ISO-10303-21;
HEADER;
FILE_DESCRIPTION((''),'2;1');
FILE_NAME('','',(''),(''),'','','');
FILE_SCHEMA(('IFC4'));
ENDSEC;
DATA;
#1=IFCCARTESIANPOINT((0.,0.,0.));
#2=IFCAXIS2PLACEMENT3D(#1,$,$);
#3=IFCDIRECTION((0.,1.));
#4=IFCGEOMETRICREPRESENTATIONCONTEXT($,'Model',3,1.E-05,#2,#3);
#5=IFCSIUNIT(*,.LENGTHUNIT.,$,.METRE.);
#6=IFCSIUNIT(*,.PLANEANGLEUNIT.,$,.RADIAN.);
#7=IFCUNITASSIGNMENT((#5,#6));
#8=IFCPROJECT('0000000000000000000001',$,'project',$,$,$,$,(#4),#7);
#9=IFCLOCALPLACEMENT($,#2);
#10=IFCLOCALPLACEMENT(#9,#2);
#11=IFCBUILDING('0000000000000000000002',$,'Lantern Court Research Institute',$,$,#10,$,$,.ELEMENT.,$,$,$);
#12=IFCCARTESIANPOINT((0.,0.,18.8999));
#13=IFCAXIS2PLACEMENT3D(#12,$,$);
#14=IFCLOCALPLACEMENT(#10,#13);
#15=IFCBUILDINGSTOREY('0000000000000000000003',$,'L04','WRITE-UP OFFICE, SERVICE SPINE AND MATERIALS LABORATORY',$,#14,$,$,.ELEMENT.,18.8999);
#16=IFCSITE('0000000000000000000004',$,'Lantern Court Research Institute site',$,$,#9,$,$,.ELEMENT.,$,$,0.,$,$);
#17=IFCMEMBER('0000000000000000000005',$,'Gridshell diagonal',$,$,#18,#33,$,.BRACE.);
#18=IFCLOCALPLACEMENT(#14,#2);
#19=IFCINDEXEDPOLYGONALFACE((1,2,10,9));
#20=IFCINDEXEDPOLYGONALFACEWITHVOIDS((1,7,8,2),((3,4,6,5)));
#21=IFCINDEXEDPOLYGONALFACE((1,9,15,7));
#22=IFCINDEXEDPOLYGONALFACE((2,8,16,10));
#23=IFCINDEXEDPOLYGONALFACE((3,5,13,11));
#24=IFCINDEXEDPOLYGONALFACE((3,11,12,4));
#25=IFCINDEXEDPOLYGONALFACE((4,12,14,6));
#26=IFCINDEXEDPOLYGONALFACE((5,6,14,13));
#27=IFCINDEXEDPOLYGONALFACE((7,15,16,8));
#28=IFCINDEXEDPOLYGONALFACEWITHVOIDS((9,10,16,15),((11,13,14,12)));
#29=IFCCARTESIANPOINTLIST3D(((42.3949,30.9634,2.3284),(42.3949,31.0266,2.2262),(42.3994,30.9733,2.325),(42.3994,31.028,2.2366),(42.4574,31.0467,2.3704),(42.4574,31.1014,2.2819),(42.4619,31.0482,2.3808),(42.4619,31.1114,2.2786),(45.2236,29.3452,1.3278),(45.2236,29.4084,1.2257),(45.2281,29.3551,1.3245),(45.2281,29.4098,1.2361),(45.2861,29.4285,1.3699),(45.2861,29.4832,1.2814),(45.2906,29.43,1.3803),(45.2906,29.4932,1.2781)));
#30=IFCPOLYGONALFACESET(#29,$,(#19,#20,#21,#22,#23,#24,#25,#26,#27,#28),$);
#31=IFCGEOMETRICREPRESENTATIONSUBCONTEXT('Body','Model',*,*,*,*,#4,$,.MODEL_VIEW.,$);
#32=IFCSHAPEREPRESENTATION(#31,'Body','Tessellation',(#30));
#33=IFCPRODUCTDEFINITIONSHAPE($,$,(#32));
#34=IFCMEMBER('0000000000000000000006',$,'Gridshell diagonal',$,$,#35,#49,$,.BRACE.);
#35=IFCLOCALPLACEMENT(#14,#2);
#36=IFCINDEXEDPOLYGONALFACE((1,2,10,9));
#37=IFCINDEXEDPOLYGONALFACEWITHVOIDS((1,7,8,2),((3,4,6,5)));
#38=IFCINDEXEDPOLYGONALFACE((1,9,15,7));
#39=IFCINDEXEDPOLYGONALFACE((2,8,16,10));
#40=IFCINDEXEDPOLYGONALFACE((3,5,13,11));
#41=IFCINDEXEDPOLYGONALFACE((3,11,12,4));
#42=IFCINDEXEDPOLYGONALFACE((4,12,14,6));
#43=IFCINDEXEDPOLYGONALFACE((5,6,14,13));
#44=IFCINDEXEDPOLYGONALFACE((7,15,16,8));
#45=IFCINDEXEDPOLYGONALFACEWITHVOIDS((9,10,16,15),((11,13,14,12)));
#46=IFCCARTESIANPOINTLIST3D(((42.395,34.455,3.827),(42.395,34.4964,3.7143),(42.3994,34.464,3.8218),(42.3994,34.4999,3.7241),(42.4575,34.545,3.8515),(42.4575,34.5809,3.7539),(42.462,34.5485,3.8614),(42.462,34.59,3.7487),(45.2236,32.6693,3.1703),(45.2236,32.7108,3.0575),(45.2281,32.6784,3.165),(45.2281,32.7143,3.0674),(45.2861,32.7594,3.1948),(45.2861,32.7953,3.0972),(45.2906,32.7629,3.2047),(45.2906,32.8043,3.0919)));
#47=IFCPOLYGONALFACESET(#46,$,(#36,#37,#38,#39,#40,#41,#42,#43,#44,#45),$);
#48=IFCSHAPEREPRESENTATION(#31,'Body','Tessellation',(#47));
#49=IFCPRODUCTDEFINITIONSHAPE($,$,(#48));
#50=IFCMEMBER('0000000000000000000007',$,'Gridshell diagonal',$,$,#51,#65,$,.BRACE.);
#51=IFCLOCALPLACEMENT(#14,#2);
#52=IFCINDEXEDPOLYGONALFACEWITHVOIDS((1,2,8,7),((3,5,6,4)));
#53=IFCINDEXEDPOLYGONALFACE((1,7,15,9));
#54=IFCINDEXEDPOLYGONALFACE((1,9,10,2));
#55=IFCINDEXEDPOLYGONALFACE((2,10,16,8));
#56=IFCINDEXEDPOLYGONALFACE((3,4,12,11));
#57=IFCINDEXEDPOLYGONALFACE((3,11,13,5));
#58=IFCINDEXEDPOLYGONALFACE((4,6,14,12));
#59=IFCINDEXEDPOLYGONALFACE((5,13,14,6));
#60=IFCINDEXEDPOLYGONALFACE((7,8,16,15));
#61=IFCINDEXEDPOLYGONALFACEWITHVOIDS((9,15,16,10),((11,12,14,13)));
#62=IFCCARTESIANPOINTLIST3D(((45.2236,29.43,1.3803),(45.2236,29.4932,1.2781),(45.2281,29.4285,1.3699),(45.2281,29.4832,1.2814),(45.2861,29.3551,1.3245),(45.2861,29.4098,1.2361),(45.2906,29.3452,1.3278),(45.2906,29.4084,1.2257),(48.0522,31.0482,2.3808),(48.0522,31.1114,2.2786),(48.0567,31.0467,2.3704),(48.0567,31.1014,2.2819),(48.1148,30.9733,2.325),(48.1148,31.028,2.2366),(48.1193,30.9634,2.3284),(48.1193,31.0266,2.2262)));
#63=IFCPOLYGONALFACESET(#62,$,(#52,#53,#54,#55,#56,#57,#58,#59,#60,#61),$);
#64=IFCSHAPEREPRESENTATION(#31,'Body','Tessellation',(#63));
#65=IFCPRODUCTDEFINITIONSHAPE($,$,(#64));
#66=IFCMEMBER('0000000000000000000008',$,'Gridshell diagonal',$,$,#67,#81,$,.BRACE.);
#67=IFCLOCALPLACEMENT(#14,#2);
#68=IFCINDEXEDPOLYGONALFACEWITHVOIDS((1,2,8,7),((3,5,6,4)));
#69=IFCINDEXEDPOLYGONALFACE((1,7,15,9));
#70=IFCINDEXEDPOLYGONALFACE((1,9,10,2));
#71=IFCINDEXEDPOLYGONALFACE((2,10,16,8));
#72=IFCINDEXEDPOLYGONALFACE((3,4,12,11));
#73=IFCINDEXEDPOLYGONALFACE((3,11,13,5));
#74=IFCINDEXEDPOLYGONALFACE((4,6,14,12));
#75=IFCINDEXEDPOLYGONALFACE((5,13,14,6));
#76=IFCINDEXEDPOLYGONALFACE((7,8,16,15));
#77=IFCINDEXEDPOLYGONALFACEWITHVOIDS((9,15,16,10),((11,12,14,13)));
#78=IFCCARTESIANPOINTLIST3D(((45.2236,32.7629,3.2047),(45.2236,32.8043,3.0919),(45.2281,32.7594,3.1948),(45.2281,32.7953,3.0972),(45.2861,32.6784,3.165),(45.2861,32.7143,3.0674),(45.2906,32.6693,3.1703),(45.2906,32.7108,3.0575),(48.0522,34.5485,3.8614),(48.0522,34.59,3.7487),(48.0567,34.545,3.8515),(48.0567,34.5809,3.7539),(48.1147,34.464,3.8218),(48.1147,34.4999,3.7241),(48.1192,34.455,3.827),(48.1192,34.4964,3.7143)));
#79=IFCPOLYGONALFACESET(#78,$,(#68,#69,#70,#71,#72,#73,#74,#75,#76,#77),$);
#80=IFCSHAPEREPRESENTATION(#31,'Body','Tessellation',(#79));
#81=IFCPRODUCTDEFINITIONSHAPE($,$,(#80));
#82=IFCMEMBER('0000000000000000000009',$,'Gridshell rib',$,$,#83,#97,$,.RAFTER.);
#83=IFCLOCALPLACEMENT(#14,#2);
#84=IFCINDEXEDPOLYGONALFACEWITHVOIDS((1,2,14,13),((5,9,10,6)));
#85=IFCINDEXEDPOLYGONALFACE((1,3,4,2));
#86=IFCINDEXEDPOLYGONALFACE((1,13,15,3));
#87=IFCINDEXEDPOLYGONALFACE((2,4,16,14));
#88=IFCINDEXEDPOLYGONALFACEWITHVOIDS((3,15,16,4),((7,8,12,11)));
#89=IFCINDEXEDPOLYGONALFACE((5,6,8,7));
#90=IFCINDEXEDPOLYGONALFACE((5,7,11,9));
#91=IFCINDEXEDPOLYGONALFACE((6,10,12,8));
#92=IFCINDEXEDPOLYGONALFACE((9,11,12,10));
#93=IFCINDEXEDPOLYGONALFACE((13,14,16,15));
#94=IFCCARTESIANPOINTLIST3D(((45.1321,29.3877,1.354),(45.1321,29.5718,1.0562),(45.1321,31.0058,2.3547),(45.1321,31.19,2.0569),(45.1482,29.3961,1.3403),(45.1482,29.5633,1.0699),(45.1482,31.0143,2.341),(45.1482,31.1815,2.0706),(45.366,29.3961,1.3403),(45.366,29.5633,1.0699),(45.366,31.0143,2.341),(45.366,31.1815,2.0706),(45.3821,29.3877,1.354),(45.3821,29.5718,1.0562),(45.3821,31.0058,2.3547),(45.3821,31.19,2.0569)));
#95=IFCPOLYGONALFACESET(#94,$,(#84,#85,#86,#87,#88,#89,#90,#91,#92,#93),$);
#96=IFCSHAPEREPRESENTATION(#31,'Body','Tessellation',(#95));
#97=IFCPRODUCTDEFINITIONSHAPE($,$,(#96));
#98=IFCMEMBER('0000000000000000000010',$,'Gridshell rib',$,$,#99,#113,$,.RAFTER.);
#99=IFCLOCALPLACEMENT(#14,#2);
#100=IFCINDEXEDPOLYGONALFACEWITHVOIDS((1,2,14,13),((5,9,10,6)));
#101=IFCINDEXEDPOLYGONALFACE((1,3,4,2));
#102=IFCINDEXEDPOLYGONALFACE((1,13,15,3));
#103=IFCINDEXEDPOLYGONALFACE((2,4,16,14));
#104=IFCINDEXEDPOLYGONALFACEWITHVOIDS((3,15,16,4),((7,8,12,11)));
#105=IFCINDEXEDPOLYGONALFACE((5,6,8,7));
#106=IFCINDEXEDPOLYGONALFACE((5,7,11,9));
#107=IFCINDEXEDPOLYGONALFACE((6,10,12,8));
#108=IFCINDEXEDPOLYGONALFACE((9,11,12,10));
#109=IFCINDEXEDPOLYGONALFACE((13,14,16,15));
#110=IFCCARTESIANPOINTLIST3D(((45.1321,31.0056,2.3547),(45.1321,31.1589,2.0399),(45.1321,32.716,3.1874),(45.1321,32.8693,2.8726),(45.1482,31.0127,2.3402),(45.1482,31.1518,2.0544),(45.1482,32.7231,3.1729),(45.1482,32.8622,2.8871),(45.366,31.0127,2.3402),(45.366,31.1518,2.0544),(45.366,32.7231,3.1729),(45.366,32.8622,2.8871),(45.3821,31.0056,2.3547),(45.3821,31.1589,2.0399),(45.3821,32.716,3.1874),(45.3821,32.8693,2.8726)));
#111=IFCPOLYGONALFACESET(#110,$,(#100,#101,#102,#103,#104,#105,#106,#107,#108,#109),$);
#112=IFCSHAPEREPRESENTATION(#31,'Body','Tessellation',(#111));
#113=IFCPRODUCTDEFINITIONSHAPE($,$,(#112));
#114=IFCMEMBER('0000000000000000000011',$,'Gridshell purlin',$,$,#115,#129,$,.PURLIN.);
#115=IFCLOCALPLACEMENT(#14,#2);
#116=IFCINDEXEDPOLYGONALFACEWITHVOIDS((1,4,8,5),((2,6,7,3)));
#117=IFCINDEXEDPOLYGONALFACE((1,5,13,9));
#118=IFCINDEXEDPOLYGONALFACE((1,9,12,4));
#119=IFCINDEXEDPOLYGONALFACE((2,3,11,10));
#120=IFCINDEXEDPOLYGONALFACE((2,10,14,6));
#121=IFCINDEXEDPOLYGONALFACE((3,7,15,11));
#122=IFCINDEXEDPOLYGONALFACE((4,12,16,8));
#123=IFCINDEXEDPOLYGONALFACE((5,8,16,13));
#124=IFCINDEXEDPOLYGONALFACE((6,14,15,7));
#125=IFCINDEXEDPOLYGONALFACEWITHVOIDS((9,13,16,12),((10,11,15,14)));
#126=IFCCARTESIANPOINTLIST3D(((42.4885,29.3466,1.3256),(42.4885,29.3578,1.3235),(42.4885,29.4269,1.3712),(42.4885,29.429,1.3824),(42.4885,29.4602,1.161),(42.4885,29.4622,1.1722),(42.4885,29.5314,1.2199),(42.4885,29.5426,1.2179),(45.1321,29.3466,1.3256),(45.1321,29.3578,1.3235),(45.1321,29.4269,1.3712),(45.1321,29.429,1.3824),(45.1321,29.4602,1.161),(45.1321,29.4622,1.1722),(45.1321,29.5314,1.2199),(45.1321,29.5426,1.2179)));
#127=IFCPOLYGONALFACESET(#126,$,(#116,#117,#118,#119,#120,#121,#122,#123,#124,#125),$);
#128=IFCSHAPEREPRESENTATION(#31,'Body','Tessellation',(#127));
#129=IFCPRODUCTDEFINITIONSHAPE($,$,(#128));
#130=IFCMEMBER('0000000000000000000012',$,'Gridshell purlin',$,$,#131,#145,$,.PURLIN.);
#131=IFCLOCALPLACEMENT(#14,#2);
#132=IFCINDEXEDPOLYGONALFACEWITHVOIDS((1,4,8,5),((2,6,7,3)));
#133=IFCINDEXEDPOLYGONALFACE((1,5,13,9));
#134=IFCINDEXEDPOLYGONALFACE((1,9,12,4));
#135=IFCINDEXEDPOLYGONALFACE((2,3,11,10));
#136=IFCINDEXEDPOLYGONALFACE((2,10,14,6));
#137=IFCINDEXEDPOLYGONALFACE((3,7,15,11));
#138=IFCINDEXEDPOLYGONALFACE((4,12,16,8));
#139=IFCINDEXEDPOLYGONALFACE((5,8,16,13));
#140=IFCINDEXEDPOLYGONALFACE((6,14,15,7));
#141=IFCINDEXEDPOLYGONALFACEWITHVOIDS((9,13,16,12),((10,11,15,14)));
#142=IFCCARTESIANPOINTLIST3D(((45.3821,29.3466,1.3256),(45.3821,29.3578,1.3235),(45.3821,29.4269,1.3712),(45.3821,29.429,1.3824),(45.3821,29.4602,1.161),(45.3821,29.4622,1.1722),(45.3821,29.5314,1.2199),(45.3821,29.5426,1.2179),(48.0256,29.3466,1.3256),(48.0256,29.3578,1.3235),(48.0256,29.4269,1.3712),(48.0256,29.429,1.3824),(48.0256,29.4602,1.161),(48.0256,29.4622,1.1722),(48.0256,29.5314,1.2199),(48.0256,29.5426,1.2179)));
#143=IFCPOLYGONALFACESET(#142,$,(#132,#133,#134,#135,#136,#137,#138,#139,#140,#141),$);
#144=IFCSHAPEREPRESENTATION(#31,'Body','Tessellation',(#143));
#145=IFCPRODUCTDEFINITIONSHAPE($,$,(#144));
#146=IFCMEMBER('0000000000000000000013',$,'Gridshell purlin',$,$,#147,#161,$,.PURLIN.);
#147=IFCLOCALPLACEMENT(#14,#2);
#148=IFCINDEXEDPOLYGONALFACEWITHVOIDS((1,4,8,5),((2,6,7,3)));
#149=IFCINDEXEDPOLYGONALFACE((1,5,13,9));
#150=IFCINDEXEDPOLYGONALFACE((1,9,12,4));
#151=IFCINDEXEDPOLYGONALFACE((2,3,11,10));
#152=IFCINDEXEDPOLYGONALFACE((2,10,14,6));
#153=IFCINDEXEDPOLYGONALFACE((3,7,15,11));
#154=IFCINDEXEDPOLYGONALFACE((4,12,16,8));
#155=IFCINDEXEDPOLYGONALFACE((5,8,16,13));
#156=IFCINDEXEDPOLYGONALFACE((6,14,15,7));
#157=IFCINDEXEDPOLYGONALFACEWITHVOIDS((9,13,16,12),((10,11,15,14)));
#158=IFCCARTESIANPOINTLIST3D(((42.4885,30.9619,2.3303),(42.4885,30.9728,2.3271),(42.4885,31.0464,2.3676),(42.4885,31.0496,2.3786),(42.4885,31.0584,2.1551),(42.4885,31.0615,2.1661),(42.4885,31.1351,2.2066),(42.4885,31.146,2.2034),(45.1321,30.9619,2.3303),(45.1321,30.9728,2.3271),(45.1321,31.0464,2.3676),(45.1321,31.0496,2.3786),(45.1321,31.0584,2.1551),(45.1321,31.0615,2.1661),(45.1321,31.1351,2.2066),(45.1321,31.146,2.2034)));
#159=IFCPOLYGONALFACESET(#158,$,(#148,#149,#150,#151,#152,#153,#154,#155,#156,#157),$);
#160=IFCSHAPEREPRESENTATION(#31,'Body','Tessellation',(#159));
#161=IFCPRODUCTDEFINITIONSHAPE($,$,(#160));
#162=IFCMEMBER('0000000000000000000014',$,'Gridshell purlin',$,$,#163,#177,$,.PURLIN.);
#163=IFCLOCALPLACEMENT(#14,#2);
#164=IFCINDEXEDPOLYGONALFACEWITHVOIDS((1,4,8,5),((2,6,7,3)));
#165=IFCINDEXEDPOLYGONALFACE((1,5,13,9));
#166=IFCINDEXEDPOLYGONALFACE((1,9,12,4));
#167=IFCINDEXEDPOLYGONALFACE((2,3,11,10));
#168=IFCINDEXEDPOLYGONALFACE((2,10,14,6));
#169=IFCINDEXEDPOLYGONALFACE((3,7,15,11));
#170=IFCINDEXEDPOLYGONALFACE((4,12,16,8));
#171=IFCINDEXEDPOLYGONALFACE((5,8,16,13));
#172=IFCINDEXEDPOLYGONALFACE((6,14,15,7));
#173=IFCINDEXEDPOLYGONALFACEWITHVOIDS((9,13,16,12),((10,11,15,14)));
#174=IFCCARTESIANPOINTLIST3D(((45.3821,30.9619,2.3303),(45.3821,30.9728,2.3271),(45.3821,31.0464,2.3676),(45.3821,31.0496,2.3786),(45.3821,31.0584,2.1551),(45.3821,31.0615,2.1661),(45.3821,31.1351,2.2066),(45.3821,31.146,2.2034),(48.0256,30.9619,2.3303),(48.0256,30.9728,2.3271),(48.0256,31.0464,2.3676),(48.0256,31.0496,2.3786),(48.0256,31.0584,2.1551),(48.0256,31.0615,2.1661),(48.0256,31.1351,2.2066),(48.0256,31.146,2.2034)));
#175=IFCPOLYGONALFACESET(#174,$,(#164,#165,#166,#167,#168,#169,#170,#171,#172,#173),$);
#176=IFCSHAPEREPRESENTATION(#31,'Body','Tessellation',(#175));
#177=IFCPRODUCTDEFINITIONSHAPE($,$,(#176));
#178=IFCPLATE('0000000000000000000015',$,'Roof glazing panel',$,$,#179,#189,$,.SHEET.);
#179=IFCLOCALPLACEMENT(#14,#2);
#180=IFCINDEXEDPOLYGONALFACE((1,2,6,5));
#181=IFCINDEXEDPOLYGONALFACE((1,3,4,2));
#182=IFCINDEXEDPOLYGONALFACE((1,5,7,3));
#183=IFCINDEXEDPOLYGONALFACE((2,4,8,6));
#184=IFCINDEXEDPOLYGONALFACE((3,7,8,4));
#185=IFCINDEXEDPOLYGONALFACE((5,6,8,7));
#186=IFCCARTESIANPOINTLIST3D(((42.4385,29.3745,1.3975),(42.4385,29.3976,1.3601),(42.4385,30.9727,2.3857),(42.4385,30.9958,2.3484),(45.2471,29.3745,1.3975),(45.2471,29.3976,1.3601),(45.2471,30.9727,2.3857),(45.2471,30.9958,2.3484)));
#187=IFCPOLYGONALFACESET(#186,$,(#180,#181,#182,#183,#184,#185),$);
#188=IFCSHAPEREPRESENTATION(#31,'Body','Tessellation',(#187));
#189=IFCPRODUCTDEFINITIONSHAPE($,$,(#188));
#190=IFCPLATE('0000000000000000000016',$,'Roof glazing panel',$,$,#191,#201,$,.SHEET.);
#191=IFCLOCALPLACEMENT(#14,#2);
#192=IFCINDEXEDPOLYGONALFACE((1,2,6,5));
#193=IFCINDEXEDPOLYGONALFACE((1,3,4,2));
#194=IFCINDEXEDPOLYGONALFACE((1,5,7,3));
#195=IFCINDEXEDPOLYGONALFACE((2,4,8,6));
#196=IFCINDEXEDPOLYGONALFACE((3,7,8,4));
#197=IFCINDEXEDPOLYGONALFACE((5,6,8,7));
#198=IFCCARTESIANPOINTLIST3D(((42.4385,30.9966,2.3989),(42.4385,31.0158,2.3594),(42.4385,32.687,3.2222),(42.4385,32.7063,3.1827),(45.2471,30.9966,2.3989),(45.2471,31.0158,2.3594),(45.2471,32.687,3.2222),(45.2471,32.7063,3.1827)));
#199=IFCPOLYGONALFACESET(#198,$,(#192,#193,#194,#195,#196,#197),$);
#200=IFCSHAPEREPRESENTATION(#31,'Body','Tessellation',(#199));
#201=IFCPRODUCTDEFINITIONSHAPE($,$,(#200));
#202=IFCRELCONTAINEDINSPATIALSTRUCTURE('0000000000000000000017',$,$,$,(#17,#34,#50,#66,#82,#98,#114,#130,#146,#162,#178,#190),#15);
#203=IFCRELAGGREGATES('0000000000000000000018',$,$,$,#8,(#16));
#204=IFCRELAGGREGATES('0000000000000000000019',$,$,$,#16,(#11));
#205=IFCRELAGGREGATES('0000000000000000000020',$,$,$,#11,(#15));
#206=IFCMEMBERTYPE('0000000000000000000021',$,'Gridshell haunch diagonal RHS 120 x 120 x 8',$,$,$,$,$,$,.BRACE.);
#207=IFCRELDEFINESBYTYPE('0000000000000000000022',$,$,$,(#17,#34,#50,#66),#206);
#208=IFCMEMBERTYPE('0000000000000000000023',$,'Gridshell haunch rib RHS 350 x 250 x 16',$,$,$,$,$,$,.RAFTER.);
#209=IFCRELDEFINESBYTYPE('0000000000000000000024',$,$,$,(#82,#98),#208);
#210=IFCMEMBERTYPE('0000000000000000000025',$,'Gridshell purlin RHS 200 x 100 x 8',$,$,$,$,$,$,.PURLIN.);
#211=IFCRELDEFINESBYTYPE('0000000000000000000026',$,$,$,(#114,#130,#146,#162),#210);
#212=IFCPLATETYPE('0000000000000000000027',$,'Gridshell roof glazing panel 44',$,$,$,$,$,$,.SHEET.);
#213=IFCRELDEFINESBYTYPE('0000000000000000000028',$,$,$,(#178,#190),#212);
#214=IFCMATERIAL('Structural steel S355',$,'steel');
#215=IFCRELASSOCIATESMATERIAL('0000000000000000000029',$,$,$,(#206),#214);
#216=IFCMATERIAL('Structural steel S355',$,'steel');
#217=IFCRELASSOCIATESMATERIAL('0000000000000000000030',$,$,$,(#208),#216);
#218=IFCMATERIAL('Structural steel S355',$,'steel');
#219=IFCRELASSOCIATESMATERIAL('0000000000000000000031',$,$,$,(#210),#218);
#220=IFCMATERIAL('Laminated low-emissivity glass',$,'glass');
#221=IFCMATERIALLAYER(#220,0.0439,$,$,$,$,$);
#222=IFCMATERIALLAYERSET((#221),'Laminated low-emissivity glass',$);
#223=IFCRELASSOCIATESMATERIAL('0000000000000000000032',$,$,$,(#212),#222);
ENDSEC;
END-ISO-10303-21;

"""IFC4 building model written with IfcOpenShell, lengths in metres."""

from ifc_helpers import new_model, si_unit, direction, frame, origin, origin_2d, place, context, subcontext, project, spatial, polyline, hollow_rectangle, outline, extrude, material, layer, layer_set, material_profile, profile_set, type_object, element, save


model = new_model("IFC4")

# Units and contexts
model_context = context("Model", 3, precision=1e-05, world=origin(), true_north=direction((0.0, 1.0)))
body_context = subcontext(model_context, "Body", "Model", "MODEL_VIEW")
ifc_project = project(units=[si_unit("LENGTHUNIT", "METRE"), si_unit("PLANEANGLEUNIT", "RADIAN")], contexts=[model_context])

# Site, building, storey
site_placement = place(None, origin())
site = spatial("IfcSite", under=ifc_project, at=site_placement, Name="Lantern Court Research Institute site", CompositionType="ELEMENT", RefElevation=0.0)
building_placement = place(site_placement, origin())
building = spatial("IfcBuilding", under=site, at=building_placement, Name="Lantern Court Research Institute", CompositionType="ELEMENT")
storey_placement = place(building_placement, frame((0.0, 0.0, 18.8999)))
storey = spatial("IfcBuildingStorey", under=building, at=storey_placement, Name="L04", Description="WRITE-UP OFFICE, SERVICE SPINE AND MATERIALS LABORATORY", CompositionType="ELEMENT", Elevation=18.8999)

# Members
ifc_material_1 = material(Name="Structural steel S355", Category="steel")
ifc_material_profile_1 = material_profile(ifc_material_1, hollow_rectangle(XDim=0.1201, YDim=0.1201, WallThickness=0.0081, at=origin_2d()), Name="Gridshell haunch diagonal RHS 120 x 120 x 8")
ifc_profile_set_1 = profile_set([ifc_material_profile_1], Name="Structural steel S355")
member_type_1 = type_object("IfcMemberType", Name="Gridshell haunch diagonal RHS 120 x 120 x 8", PredefinedType="BRACE", material=ifc_profile_set_1)
for number, where, z_axis, x_axis, name in (
    (1, (45.2571, 29.4192, 1.303), (-0.829777, 0.47469, 0.293494), (-0.558095, -0.705724, -0.436444), "Gridshell diagonal"),
    (2, (45.2571, 32.7368, 3.1311), (-0.829763, 0.523812, 0.192652), (-0.558116, -0.778754, -0.28644), "Gridshell diagonal"),
    (3, (45.2571, 29.4192, 1.303), (0.829777, 0.47469, 0.293494), (-0.558095, 0.705724, 0.436444), "Gridshell diagonal"),
    (4, (45.2571, 32.7368, 3.1311), (0.829763, 0.523812, 0.192652), (-0.558116, 0.778754, 0.28644), "Gridshell diagonal"),
):
    element("IfcMember", number, at=place(storey_placement, frame(where, z_axis=z_axis, x_axis=x_axis)), inside=storey, type_object=member_type_1, Name=name, PredefinedType="BRACE", context=body_context, shape_type="SweptSolid", body=[
        extrude(hollow_rectangle(XDim=0.1201, YDim=0.1201, WallThickness=0.0081, at=origin_2d()), origin(), (0.0, 0.0, 1.0), 3.4089),
    ])
ifc_material_2 = material(Name="Structural steel S355", Category="steel")
ifc_material_profile_2 = material_profile(ifc_material_2, hollow_rectangle(XDim=0.25, YDim=0.3501, WallThickness=0.0161, at=origin_2d()), Name="Gridshell haunch rib RHS 350 x 250 x 16")
ifc_profile_set_2 = profile_set([ifc_material_profile_2], Name="Structural steel S355")
member_type_2 = type_object("IfcMemberType", Name="Gridshell haunch rib RHS 350 x 250 x 16", PredefinedType="RAFTER", material=ifc_profile_set_2)
member_1_placement = place(storey_placement, frame((45.2571, 29.4797, 1.2051), z_axis=(0.0, 0.850498, 0.525979), x_axis=(-1.0, 0.0, 0.0)))
element("IfcMember", 5, at=member_1_placement, inside=storey, type_object=member_type_2, Name="Gridshell rib", PredefinedType="RAFTER", context=body_context, shape_type="SweptSolid", body=[
    extrude(hollow_rectangle(XDim=0.25, YDim=0.3501, WallThickness=0.0161, at=origin_2d()), origin(), (0.0, 0.0, 1.0), 1.9026),
])
member_2_placement = place(storey_placement, frame((45.2571, 31.0823, 2.1973), z_axis=(0.0, 0.8991, 0.437743), x_axis=(-1.0, 0.0, 0.0)))
element("IfcMember", 6, at=member_2_placement, inside=storey, type_object=member_type_2, Name="Gridshell rib", PredefinedType="RAFTER", context=body_context, shape_type="SweptSolid", body=[
    extrude(hollow_rectangle(XDim=0.25, YDim=0.3501, WallThickness=0.0161, at=origin_2d()), origin(), (0.0, 0.0, 1.0), 1.9023),
])
ifc_material_3 = material(Name="Structural steel S355", Category="steel")
ifc_material_profile_3 = material_profile(ifc_material_3, hollow_rectangle(XDim=0.1001, YDim=0.2, WallThickness=0.0081, at=origin_2d()), Name="Gridshell purlin RHS 200 x 100 x 8")
ifc_profile_set_3 = profile_set([ifc_material_profile_3], Name="Structural steel S355")
member_type_3 = type_object("IfcMemberType", Name="Gridshell purlin RHS 200 x 100 x 8", PredefinedType="PURLIN", material=ifc_profile_set_3)
for number, where, z_axis, x_axis, name in (
    (7, (42.4885, 29.4446, 1.2717), (1.0, 0.0, 0.0), (0.0, 0.822954, 0.568108), "Gridshell purlin"),
    (8, (45.3821, 29.4446, 1.2717), (1.0, 0.0, 0.0), (0.0, 0.822954, 0.568108), "Gridshell purlin"),
    (9, (42.4885, 31.054, 2.2668), (1.0, 0.0, 0.0), (0.0, 0.875897, 0.482497), "Gridshell purlin"),
    (10, (45.3821, 31.054, 2.2668), (1.0, 0.0, 0.0), (0.0, 0.875897, 0.482497), "Gridshell purlin"),
):
    element("IfcMember", number, at=place(storey_placement, frame(where, z_axis=z_axis, x_axis=x_axis)), inside=storey, type_object=member_type_3, Name=name, PredefinedType="PURLIN", context=body_context, shape_type="SweptSolid", body=[
        extrude(hollow_rectangle(XDim=0.1001, YDim=0.2, WallThickness=0.0081, at=origin_2d()), origin(), (0.0, 0.0, 1.0), 2.6436),
    ])

# Plates
ifc_material_4 = material(Name="Laminated low-emissivity glass", Category="glass")
ifc_layer = layer(ifc_material_4, 0.0439)
ifc_layer_set = layer_set([ifc_layer], Name="Laminated low-emissivity glass")
plate_type = type_object("IfcPlateType", Name="Gridshell roof glazing panel 44", PredefinedType="SHEET", material=ifc_layer_set)
plate_1_placement = place(storey_placement, frame((45.2471, 29.3745, 1.3975), z_axis=(0.0, -0.525952, 0.850514), x_axis=(-1.0, 0.0, 0.0)))
element("IfcPlate", 11, at=plate_1_placement, inside=storey, type_object=plate_type, Name="Roof glazing panel", PredefinedType="SHEET", context=body_context, shape_type="SweptSolid", body=[
    extrude(outline(polyline([(0.0, 0.0), (2.8086, 0.0), (2.8086, -1.879), (0.0, -1.879), (0.0, 0.0)])), origin(), (0.0, 0.0, -1.0), 0.0439),
])
plate_2_placement = place(storey_placement, frame((45.2471, 30.9966, 2.3989), z_axis=(0.0, -0.43784, 0.899053), x_axis=(-1.0, 0.0, 0.0)))
element("IfcPlate", 12, at=plate_2_placement, inside=storey, type_object=plate_type, Name="Roof glazing panel", PredefinedType="SHEET", context=body_context, shape_type="SweptSolid", body=[
    extrude(outline(polyline([(0.0, 0.0), (2.8086, 0.0), (2.8086, -1.8802), (0.0, -1.8802), (0.0, 0.0)])), origin(), (0.0, 0.0, -1.0), 0.0439),
])

save(model, "model.ifc")
